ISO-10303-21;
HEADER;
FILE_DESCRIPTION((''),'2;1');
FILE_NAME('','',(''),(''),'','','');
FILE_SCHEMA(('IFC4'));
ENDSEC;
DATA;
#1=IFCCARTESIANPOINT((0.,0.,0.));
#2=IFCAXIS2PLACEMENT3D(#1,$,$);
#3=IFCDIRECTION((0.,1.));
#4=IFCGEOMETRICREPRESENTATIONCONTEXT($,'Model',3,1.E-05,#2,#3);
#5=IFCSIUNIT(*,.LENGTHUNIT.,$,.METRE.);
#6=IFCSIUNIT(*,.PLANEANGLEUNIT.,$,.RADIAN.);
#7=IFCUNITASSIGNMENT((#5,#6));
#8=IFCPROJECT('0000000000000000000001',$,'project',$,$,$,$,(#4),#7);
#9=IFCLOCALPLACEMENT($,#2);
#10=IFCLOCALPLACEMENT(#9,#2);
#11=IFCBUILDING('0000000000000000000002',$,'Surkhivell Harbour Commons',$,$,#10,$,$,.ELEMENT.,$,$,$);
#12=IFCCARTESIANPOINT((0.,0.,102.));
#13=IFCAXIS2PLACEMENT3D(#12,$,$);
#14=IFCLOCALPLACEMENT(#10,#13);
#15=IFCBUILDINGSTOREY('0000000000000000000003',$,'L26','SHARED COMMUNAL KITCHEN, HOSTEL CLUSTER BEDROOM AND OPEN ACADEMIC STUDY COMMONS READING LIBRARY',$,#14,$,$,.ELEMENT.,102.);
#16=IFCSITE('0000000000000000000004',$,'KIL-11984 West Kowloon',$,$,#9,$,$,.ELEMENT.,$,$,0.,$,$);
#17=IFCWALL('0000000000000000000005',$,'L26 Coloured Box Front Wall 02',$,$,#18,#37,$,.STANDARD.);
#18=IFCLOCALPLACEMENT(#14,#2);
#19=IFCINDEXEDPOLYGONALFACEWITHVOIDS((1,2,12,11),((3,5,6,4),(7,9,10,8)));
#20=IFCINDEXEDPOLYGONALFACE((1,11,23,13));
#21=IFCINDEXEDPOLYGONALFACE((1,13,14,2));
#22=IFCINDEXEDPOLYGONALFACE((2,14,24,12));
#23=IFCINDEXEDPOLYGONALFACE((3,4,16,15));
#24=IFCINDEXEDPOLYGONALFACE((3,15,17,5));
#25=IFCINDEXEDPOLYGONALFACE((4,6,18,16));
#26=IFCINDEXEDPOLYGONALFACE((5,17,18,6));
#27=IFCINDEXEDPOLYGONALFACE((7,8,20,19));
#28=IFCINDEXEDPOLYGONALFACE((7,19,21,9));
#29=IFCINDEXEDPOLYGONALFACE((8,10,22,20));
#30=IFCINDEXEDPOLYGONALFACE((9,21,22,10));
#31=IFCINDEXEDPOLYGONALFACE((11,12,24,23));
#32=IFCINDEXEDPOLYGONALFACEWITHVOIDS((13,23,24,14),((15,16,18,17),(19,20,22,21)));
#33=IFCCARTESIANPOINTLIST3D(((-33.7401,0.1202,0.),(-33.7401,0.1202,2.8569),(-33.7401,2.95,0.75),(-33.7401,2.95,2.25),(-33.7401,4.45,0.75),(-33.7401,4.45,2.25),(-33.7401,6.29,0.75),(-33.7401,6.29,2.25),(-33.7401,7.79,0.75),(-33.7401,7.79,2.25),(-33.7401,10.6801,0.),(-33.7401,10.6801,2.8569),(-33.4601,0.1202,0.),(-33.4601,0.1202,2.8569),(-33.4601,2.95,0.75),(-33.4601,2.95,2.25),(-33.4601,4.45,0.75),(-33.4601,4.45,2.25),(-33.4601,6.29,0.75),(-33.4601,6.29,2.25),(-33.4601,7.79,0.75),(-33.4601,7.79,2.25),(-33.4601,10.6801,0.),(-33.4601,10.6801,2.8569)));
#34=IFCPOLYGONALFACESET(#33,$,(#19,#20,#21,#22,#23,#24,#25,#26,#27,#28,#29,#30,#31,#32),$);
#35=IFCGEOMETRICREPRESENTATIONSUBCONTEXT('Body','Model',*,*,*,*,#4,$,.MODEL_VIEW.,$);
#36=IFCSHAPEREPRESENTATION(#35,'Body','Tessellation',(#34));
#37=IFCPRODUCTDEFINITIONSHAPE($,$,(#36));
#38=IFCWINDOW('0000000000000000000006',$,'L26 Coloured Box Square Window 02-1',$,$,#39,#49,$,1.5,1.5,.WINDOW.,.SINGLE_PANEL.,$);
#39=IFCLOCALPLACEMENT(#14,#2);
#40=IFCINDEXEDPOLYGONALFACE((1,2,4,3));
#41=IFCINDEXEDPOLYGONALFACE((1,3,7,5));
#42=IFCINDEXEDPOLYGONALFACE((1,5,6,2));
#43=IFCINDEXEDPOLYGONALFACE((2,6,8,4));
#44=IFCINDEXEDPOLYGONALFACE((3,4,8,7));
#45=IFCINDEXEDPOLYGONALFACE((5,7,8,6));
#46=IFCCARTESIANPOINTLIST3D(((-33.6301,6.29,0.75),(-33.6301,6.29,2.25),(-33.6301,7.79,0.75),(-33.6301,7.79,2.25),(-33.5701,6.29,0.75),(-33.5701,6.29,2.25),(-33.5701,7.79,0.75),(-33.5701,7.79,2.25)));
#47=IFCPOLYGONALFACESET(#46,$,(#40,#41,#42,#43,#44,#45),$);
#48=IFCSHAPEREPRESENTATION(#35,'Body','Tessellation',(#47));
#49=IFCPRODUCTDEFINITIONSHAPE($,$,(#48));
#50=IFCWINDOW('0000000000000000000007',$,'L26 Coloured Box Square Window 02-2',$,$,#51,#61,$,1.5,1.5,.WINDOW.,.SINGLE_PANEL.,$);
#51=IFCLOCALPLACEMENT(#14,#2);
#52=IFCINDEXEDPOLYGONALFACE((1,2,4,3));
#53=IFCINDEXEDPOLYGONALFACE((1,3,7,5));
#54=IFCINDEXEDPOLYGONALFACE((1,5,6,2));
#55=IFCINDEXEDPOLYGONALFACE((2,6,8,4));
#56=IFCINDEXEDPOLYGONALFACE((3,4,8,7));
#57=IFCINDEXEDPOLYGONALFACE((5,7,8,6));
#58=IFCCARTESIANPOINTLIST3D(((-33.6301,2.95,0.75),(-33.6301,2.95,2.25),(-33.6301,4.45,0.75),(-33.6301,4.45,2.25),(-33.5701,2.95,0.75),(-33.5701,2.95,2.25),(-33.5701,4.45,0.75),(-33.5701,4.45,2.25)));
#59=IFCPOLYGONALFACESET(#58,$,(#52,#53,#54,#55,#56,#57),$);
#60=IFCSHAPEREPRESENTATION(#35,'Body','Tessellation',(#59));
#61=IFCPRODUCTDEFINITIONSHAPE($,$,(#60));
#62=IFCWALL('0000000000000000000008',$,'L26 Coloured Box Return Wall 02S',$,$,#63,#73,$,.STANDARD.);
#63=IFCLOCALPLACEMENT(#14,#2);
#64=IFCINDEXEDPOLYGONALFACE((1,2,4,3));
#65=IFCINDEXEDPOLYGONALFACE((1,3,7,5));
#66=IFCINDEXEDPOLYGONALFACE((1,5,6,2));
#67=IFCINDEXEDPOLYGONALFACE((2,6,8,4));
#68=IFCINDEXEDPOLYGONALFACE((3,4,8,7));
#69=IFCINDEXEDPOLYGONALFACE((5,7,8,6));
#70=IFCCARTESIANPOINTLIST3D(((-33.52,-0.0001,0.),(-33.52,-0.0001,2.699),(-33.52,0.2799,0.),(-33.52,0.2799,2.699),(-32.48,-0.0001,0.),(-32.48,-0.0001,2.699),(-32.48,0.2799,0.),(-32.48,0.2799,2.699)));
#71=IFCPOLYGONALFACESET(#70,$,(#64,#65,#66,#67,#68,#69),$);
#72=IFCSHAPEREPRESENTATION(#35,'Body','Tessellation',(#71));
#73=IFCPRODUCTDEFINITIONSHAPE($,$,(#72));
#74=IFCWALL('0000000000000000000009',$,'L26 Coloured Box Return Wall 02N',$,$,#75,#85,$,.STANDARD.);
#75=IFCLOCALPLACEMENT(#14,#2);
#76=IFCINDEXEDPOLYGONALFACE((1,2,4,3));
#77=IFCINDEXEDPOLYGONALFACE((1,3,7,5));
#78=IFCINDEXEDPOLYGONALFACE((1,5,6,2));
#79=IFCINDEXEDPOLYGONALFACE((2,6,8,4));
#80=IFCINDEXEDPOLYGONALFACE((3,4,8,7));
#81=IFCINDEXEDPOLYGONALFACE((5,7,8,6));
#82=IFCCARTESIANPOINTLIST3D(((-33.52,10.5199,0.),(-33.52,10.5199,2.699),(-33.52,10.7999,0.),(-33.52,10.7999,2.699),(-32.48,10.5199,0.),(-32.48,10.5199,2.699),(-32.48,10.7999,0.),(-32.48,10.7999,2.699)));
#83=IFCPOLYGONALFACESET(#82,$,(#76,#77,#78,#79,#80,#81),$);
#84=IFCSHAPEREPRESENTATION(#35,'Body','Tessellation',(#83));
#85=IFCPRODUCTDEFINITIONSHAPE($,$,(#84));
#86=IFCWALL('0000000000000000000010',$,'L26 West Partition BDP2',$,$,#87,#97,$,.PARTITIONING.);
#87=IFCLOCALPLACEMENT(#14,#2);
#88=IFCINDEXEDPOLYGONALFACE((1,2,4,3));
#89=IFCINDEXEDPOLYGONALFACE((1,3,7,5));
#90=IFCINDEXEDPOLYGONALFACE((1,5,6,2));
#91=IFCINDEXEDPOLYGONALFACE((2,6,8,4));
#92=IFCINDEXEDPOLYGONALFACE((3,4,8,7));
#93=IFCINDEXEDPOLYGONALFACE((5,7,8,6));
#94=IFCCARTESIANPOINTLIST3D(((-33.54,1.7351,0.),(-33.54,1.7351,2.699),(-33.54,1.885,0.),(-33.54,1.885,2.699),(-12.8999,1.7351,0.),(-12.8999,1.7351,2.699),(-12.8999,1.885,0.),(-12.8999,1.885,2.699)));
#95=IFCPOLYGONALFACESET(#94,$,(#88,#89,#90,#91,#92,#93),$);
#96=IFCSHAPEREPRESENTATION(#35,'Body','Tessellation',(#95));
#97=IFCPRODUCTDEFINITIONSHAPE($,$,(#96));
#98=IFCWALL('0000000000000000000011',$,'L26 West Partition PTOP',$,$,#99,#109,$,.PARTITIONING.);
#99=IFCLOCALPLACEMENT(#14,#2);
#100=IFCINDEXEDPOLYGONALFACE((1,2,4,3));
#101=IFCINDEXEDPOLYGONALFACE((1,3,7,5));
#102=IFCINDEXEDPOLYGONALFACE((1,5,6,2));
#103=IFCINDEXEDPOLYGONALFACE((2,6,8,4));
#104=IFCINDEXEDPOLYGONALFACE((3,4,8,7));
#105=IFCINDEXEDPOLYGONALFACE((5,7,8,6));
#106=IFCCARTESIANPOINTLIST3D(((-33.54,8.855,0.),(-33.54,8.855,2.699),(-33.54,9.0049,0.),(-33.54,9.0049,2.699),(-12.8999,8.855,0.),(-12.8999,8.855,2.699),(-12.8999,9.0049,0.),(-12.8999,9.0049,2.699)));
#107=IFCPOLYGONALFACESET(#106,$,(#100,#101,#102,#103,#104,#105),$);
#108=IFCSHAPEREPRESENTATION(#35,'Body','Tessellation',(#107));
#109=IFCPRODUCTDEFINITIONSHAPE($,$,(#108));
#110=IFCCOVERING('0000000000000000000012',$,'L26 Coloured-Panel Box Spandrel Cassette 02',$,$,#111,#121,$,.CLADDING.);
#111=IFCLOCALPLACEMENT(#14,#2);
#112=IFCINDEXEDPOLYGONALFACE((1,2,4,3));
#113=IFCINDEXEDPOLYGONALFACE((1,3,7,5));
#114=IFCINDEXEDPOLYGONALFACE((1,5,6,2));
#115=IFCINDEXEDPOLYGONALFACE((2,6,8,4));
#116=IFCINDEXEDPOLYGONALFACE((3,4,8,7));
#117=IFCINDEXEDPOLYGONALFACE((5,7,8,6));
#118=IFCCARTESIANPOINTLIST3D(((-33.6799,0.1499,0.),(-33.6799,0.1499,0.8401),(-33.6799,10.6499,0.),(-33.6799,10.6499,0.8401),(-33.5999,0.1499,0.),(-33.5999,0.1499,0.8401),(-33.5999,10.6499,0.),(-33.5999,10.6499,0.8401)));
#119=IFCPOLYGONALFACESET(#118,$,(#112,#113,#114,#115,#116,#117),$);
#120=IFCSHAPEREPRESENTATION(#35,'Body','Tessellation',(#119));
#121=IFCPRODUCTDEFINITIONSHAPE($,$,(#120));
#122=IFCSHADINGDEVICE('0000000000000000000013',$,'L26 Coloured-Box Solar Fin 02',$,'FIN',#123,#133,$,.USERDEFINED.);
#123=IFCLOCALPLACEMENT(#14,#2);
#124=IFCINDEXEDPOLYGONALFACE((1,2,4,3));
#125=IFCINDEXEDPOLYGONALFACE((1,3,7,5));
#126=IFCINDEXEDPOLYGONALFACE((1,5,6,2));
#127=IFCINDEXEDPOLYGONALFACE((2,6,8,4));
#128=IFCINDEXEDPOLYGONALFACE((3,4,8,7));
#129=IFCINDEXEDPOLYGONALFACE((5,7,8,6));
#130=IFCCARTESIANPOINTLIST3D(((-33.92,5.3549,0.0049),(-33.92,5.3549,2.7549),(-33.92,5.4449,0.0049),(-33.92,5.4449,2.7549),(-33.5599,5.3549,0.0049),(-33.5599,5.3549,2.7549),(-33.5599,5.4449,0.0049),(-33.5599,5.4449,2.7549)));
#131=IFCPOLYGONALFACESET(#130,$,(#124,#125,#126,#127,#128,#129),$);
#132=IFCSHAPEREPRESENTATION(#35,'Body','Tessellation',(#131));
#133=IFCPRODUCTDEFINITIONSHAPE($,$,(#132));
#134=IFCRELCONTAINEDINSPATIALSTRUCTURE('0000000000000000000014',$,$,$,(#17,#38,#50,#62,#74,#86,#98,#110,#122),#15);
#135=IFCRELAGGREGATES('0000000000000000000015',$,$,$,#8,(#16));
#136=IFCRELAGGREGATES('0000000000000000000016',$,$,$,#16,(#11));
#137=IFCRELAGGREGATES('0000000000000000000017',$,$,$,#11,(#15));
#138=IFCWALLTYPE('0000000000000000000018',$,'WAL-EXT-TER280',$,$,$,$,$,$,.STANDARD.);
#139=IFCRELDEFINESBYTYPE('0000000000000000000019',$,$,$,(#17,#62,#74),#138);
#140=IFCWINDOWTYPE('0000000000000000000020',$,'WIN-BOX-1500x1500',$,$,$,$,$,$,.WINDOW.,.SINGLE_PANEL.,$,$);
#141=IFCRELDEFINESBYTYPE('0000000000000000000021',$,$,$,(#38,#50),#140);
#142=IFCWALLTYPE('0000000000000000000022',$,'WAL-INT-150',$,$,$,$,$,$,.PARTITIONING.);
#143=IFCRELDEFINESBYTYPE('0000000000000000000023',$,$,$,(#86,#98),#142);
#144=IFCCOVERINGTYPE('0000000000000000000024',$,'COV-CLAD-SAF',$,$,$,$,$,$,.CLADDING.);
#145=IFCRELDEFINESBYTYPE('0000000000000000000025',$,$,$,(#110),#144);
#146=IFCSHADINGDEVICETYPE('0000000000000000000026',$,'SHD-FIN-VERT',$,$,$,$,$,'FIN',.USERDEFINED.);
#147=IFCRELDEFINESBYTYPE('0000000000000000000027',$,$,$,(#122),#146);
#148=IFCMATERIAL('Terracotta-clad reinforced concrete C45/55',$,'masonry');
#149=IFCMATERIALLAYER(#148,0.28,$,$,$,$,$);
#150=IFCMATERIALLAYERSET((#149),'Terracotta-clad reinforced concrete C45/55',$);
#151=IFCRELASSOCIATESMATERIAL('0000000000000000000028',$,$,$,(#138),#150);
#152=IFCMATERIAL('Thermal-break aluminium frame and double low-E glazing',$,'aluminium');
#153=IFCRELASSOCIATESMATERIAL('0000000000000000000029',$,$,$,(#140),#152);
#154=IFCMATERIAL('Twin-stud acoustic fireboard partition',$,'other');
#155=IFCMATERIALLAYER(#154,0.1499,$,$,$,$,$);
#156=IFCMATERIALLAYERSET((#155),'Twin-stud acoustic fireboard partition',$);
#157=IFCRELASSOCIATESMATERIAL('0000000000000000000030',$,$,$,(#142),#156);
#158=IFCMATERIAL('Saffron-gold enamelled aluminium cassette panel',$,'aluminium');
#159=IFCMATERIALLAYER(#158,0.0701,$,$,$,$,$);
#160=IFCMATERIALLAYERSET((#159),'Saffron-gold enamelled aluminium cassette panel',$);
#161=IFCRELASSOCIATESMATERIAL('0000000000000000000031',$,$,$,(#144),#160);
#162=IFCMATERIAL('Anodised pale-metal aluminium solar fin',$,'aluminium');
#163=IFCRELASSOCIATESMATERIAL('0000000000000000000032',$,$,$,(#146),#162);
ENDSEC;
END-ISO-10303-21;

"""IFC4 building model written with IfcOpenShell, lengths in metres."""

from ifc_helpers import new_model, si_unit, direction, frame, frame_2d, origin, origin_2d, place, context, subcontext, project, spatial, rectangle, extrude, material, layer, layer_set, type_object, element, fill, save


model = new_model("IFC4")

# Units and contexts
model_context = context("Model", 3, precision=1e-05, world=origin(), true_north=direction((0.0, 1.0)))
body_context = subcontext(model_context, "Body", "Model", "MODEL_VIEW")
ifc_project = project(units=[si_unit("LENGTHUNIT", "METRE"), si_unit("PLANEANGLEUNIT", "RADIAN")], contexts=[model_context])

# Site, building, storey
site_placement = place(None, origin())
site = spatial("IfcSite", under=ifc_project, at=site_placement, Name="KIL-11984 West Kowloon", CompositionType="ELEMENT", RefElevation=0.0)
building_placement = place(site_placement, origin())
building = spatial("IfcBuilding", under=site, at=building_placement, Name="Surkhivell Harbour Commons", CompositionType="ELEMENT")
storey_placement = place(building_placement, frame((0.0, 0.0, 102.0)))
storey = spatial("IfcBuildingStorey", under=building, at=storey_placement, Name="L26", Description="SHARED COMMUNAL KITCHEN, HOSTEL CLUSTER BEDROOM AND OPEN ACADEMIC STUDY COMMONS READING LIBRARY", CompositionType="ELEMENT", Elevation=102.0)

# Wall, openings, windows
ifc_material_1 = material(Name="Terracotta-clad reinforced concrete C45/55", Category="masonry")
ifc_layer_1 = layer(ifc_material_1, 0.28)
ifc_layer_set_1 = layer_set([ifc_layer_1], Name="Terracotta-clad reinforced concrete C45/55")
wall_type_1 = type_object("IfcWallType", Name="WAL-EXT-TER280", PredefinedType="STANDARD", material=ifc_layer_set_1)
wall_placement = place(storey_placement, frame((-33.6001, 10.6799, 0.0), z_axis=(0.0, 0.0, 1.0), x_axis=(0.0, -1.0, 0.0)))
wall = element("IfcWall", 1, at=wall_placement, inside=storey, type_object=wall_type_1, Name="L26 Coloured Box Front Wall 02", PredefinedType="STANDARD", context=body_context, shape_type="SweptSolid", body=[
    extrude(rectangle(XDim=10.5598, YDim=0.28, at=frame_2d((5.2798, 0.0))), origin(), (0.0, 0.0, 1.0), 2.8569),
])
opening_1_placement = place(wall_placement, frame((2.8899, 0.0, 0.75)))
opening_1 = element("IfcOpeningElement", 2, at=opening_1_placement, cuts=wall, PredefinedType="OPENING", context=body_context, shape_type="SweptSolid", body=[
    extrude(rectangle(XDim=1.5, YDim=1.5, at=frame_2d((0.75, 0.75))), frame((0.0, 0.1499, 0.0), z_axis=(0.0, -1.0, 0.0), x_axis=(1.0, 0.0, 0.0)), (0.0, 0.0, 1.0), 0.3),
])
opening_2_placement = place(wall_placement, frame((6.23, 0.0, 0.75)))
opening_2 = element("IfcOpeningElement", 3, at=opening_2_placement, cuts=wall, PredefinedType="OPENING", context=body_context, shape_type="SweptSolid", body=[
    extrude(rectangle(XDim=1.5, YDim=1.5, at=frame_2d((0.75, 0.75))), frame((0.0, 0.1499, 0.0), z_axis=(0.0, -1.0, 0.0), x_axis=(1.0, 0.0, 0.0)), (0.0, 0.0, 1.0), 0.3),
])
ifc_material_2 = material(Name="Thermal-break aluminium frame and double low-E glazing", Category="aluminium")
window_type = type_object("IfcWindowType", Name="WIN-BOX-1500x1500", PartitioningType="SINGLE_PANEL", PredefinedType="WINDOW", material=ifc_material_2)
window_1_placement = place(opening_1_placement, origin())
window_1 = element("IfcWindow", 4, at=window_1_placement, inside=storey, type_object=window_type, Name="L26 Coloured Box Square Window 02-1", OverallHeight=1.5, OverallWidth=1.5, PartitioningType="SINGLE_PANEL", PredefinedType="WINDOW", context=body_context, shape_type="SweptSolid", body=[
    extrude(rectangle(XDim=1.5, YDim=1.5, at=frame_2d((0.75, 0.75))), frame((0.0, 0.03, 0.0), z_axis=(0.0, -1.0, 0.0), x_axis=(1.0, 0.0, 0.0)), (0.0, 0.0, 1.0), 0.0601),
])
fill(opening_1, window_1)
window_2_placement = place(opening_2_placement, origin())
window_2 = element("IfcWindow", 5, at=window_2_placement, inside=storey, type_object=window_type, Name="L26 Coloured Box Square Window 02-2", OverallHeight=1.5, OverallWidth=1.5, PartitioningType="SINGLE_PANEL", PredefinedType="WINDOW", context=body_context, shape_type="SweptSolid", body=[
    extrude(rectangle(XDim=1.5, YDim=1.5, at=frame_2d((0.75, 0.75))), frame((0.0, 0.03, 0.0), z_axis=(0.0, -1.0, 0.0), x_axis=(1.0, 0.0, 0.0)), (0.0, 0.0, 1.0), 0.0601),
])
fill(opening_2, window_2)

# Walls
for number, where, z_axis, x_axis, name in (
    (6, (-33.52, 0.1399, 0.0), (0.0, 0.0, 1.0), (1.0, 0.0, 0.0), "L26 Coloured Box Return Wall 02S"),
    (7, (-33.52, 10.6599, 0.0), (0.0, 0.0, 1.0), (1.0, 0.0, 0.0), "L26 Coloured Box Return Wall 02N"),
):
    element("IfcWall", number, at=place(storey_placement, frame(where, z_axis=z_axis, x_axis=x_axis)), inside=storey, type_object=wall_type_1, Name=name, PredefinedType="STANDARD", context=body_context, shape_type="SweptSolid", body=[
        extrude(rectangle(XDim=1.04, YDim=0.28, at=frame_2d((0.52, 0.0))), origin(), (0.0, 0.0, 1.0), 2.699),
    ])
ifc_material_3 = material(Name="Twin-stud acoustic fireboard partition", Category="other")
ifc_layer_2 = layer(ifc_material_3, 0.1499)
ifc_layer_set_2 = layer_set([ifc_layer_2], Name="Twin-stud acoustic fireboard partition")
wall_type_2 = type_object("IfcWallType", Name="WAL-INT-150", PredefinedType="PARTITIONING", material=ifc_layer_set_2)
for number, where, z_axis, x_axis, name in (
    (8, (-33.54, 1.8101, 0.0), (0.0, 0.0, 1.0), (1.0, 0.0, 0.0), "L26 West Partition BDP2"),
    (9, (-33.54, 8.9299, 0.0), (0.0, 0.0, 1.0), (1.0, 0.0, 0.0), "L26 West Partition PTOP"),
):
    element("IfcWall", number, at=place(storey_placement, frame(where, z_axis=z_axis, x_axis=x_axis)), inside=storey, type_object=wall_type_2, Name=name, PredefinedType="PARTITIONING", context=body_context, shape_type="SweptSolid", body=[
        extrude(rectangle(XDim=20.6401, YDim=0.1499, at=frame_2d((10.3201, 0.0))), origin(), (0.0, 0.0, 1.0), 2.699),
    ])

# Covering
ifc_material_4 = material(Name="Saffron-gold enamelled aluminium cassette panel", Category="aluminium")
ifc_layer_3 = layer(ifc_material_4, 0.0701)
ifc_layer_set_3 = layer_set([ifc_layer_3], Name="Saffron-gold enamelled aluminium cassette panel")
covering_type = type_object("IfcCoveringType", Name="COV-CLAD-SAF", PredefinedType="CLADDING", material=ifc_layer_set_3)
covering_placement = place(storey_placement, frame((-33.6399, 5.3999, 0.0), z_axis=(0.0, 0.0, 1.0), x_axis=(1.0, 0.0, 0.0)))
element("IfcCovering", 10, at=covering_placement, inside=storey, type_object=covering_type, Name="L26 Coloured-Panel Box Spandrel Cassette 02", PredefinedType="CLADDING", context=body_context, shape_type="SweptSolid", body=[
    extrude(rectangle(XDim=0.0801, YDim=10.5, at=origin_2d()), origin(), (0.0, 0.0, 1.0), 0.8401),
])

# Shading device
ifc_material_5 = material(Name="Anodised pale-metal aluminium solar fin", Category="aluminium")
shading_device_type = type_object("IfcShadingDeviceType", Name="SHD-FIN-VERT", ElementType="FIN", PredefinedType="USERDEFINED", material=ifc_material_5)
shading_device_placement = place(storey_placement, frame((-33.74, 5.3999, 0.0049), z_axis=(0.0, 0.0, 1.0), x_axis=(1.0, 0.0, 0.0)))
element("IfcShadingDevice", 11, at=shading_device_placement, inside=storey, type_object=shading_device_type, Name="L26 Coloured-Box Solar Fin 02", ObjectType="FIN", PredefinedType="USERDEFINED", context=body_context, shape_type="SweptSolid", body=[
    extrude(rectangle(XDim=0.3601, YDim=0.0901, at=origin_2d()), origin(), (0.0, 0.0, 1.0), 2.75),
])

save(model, "model.ifc")
